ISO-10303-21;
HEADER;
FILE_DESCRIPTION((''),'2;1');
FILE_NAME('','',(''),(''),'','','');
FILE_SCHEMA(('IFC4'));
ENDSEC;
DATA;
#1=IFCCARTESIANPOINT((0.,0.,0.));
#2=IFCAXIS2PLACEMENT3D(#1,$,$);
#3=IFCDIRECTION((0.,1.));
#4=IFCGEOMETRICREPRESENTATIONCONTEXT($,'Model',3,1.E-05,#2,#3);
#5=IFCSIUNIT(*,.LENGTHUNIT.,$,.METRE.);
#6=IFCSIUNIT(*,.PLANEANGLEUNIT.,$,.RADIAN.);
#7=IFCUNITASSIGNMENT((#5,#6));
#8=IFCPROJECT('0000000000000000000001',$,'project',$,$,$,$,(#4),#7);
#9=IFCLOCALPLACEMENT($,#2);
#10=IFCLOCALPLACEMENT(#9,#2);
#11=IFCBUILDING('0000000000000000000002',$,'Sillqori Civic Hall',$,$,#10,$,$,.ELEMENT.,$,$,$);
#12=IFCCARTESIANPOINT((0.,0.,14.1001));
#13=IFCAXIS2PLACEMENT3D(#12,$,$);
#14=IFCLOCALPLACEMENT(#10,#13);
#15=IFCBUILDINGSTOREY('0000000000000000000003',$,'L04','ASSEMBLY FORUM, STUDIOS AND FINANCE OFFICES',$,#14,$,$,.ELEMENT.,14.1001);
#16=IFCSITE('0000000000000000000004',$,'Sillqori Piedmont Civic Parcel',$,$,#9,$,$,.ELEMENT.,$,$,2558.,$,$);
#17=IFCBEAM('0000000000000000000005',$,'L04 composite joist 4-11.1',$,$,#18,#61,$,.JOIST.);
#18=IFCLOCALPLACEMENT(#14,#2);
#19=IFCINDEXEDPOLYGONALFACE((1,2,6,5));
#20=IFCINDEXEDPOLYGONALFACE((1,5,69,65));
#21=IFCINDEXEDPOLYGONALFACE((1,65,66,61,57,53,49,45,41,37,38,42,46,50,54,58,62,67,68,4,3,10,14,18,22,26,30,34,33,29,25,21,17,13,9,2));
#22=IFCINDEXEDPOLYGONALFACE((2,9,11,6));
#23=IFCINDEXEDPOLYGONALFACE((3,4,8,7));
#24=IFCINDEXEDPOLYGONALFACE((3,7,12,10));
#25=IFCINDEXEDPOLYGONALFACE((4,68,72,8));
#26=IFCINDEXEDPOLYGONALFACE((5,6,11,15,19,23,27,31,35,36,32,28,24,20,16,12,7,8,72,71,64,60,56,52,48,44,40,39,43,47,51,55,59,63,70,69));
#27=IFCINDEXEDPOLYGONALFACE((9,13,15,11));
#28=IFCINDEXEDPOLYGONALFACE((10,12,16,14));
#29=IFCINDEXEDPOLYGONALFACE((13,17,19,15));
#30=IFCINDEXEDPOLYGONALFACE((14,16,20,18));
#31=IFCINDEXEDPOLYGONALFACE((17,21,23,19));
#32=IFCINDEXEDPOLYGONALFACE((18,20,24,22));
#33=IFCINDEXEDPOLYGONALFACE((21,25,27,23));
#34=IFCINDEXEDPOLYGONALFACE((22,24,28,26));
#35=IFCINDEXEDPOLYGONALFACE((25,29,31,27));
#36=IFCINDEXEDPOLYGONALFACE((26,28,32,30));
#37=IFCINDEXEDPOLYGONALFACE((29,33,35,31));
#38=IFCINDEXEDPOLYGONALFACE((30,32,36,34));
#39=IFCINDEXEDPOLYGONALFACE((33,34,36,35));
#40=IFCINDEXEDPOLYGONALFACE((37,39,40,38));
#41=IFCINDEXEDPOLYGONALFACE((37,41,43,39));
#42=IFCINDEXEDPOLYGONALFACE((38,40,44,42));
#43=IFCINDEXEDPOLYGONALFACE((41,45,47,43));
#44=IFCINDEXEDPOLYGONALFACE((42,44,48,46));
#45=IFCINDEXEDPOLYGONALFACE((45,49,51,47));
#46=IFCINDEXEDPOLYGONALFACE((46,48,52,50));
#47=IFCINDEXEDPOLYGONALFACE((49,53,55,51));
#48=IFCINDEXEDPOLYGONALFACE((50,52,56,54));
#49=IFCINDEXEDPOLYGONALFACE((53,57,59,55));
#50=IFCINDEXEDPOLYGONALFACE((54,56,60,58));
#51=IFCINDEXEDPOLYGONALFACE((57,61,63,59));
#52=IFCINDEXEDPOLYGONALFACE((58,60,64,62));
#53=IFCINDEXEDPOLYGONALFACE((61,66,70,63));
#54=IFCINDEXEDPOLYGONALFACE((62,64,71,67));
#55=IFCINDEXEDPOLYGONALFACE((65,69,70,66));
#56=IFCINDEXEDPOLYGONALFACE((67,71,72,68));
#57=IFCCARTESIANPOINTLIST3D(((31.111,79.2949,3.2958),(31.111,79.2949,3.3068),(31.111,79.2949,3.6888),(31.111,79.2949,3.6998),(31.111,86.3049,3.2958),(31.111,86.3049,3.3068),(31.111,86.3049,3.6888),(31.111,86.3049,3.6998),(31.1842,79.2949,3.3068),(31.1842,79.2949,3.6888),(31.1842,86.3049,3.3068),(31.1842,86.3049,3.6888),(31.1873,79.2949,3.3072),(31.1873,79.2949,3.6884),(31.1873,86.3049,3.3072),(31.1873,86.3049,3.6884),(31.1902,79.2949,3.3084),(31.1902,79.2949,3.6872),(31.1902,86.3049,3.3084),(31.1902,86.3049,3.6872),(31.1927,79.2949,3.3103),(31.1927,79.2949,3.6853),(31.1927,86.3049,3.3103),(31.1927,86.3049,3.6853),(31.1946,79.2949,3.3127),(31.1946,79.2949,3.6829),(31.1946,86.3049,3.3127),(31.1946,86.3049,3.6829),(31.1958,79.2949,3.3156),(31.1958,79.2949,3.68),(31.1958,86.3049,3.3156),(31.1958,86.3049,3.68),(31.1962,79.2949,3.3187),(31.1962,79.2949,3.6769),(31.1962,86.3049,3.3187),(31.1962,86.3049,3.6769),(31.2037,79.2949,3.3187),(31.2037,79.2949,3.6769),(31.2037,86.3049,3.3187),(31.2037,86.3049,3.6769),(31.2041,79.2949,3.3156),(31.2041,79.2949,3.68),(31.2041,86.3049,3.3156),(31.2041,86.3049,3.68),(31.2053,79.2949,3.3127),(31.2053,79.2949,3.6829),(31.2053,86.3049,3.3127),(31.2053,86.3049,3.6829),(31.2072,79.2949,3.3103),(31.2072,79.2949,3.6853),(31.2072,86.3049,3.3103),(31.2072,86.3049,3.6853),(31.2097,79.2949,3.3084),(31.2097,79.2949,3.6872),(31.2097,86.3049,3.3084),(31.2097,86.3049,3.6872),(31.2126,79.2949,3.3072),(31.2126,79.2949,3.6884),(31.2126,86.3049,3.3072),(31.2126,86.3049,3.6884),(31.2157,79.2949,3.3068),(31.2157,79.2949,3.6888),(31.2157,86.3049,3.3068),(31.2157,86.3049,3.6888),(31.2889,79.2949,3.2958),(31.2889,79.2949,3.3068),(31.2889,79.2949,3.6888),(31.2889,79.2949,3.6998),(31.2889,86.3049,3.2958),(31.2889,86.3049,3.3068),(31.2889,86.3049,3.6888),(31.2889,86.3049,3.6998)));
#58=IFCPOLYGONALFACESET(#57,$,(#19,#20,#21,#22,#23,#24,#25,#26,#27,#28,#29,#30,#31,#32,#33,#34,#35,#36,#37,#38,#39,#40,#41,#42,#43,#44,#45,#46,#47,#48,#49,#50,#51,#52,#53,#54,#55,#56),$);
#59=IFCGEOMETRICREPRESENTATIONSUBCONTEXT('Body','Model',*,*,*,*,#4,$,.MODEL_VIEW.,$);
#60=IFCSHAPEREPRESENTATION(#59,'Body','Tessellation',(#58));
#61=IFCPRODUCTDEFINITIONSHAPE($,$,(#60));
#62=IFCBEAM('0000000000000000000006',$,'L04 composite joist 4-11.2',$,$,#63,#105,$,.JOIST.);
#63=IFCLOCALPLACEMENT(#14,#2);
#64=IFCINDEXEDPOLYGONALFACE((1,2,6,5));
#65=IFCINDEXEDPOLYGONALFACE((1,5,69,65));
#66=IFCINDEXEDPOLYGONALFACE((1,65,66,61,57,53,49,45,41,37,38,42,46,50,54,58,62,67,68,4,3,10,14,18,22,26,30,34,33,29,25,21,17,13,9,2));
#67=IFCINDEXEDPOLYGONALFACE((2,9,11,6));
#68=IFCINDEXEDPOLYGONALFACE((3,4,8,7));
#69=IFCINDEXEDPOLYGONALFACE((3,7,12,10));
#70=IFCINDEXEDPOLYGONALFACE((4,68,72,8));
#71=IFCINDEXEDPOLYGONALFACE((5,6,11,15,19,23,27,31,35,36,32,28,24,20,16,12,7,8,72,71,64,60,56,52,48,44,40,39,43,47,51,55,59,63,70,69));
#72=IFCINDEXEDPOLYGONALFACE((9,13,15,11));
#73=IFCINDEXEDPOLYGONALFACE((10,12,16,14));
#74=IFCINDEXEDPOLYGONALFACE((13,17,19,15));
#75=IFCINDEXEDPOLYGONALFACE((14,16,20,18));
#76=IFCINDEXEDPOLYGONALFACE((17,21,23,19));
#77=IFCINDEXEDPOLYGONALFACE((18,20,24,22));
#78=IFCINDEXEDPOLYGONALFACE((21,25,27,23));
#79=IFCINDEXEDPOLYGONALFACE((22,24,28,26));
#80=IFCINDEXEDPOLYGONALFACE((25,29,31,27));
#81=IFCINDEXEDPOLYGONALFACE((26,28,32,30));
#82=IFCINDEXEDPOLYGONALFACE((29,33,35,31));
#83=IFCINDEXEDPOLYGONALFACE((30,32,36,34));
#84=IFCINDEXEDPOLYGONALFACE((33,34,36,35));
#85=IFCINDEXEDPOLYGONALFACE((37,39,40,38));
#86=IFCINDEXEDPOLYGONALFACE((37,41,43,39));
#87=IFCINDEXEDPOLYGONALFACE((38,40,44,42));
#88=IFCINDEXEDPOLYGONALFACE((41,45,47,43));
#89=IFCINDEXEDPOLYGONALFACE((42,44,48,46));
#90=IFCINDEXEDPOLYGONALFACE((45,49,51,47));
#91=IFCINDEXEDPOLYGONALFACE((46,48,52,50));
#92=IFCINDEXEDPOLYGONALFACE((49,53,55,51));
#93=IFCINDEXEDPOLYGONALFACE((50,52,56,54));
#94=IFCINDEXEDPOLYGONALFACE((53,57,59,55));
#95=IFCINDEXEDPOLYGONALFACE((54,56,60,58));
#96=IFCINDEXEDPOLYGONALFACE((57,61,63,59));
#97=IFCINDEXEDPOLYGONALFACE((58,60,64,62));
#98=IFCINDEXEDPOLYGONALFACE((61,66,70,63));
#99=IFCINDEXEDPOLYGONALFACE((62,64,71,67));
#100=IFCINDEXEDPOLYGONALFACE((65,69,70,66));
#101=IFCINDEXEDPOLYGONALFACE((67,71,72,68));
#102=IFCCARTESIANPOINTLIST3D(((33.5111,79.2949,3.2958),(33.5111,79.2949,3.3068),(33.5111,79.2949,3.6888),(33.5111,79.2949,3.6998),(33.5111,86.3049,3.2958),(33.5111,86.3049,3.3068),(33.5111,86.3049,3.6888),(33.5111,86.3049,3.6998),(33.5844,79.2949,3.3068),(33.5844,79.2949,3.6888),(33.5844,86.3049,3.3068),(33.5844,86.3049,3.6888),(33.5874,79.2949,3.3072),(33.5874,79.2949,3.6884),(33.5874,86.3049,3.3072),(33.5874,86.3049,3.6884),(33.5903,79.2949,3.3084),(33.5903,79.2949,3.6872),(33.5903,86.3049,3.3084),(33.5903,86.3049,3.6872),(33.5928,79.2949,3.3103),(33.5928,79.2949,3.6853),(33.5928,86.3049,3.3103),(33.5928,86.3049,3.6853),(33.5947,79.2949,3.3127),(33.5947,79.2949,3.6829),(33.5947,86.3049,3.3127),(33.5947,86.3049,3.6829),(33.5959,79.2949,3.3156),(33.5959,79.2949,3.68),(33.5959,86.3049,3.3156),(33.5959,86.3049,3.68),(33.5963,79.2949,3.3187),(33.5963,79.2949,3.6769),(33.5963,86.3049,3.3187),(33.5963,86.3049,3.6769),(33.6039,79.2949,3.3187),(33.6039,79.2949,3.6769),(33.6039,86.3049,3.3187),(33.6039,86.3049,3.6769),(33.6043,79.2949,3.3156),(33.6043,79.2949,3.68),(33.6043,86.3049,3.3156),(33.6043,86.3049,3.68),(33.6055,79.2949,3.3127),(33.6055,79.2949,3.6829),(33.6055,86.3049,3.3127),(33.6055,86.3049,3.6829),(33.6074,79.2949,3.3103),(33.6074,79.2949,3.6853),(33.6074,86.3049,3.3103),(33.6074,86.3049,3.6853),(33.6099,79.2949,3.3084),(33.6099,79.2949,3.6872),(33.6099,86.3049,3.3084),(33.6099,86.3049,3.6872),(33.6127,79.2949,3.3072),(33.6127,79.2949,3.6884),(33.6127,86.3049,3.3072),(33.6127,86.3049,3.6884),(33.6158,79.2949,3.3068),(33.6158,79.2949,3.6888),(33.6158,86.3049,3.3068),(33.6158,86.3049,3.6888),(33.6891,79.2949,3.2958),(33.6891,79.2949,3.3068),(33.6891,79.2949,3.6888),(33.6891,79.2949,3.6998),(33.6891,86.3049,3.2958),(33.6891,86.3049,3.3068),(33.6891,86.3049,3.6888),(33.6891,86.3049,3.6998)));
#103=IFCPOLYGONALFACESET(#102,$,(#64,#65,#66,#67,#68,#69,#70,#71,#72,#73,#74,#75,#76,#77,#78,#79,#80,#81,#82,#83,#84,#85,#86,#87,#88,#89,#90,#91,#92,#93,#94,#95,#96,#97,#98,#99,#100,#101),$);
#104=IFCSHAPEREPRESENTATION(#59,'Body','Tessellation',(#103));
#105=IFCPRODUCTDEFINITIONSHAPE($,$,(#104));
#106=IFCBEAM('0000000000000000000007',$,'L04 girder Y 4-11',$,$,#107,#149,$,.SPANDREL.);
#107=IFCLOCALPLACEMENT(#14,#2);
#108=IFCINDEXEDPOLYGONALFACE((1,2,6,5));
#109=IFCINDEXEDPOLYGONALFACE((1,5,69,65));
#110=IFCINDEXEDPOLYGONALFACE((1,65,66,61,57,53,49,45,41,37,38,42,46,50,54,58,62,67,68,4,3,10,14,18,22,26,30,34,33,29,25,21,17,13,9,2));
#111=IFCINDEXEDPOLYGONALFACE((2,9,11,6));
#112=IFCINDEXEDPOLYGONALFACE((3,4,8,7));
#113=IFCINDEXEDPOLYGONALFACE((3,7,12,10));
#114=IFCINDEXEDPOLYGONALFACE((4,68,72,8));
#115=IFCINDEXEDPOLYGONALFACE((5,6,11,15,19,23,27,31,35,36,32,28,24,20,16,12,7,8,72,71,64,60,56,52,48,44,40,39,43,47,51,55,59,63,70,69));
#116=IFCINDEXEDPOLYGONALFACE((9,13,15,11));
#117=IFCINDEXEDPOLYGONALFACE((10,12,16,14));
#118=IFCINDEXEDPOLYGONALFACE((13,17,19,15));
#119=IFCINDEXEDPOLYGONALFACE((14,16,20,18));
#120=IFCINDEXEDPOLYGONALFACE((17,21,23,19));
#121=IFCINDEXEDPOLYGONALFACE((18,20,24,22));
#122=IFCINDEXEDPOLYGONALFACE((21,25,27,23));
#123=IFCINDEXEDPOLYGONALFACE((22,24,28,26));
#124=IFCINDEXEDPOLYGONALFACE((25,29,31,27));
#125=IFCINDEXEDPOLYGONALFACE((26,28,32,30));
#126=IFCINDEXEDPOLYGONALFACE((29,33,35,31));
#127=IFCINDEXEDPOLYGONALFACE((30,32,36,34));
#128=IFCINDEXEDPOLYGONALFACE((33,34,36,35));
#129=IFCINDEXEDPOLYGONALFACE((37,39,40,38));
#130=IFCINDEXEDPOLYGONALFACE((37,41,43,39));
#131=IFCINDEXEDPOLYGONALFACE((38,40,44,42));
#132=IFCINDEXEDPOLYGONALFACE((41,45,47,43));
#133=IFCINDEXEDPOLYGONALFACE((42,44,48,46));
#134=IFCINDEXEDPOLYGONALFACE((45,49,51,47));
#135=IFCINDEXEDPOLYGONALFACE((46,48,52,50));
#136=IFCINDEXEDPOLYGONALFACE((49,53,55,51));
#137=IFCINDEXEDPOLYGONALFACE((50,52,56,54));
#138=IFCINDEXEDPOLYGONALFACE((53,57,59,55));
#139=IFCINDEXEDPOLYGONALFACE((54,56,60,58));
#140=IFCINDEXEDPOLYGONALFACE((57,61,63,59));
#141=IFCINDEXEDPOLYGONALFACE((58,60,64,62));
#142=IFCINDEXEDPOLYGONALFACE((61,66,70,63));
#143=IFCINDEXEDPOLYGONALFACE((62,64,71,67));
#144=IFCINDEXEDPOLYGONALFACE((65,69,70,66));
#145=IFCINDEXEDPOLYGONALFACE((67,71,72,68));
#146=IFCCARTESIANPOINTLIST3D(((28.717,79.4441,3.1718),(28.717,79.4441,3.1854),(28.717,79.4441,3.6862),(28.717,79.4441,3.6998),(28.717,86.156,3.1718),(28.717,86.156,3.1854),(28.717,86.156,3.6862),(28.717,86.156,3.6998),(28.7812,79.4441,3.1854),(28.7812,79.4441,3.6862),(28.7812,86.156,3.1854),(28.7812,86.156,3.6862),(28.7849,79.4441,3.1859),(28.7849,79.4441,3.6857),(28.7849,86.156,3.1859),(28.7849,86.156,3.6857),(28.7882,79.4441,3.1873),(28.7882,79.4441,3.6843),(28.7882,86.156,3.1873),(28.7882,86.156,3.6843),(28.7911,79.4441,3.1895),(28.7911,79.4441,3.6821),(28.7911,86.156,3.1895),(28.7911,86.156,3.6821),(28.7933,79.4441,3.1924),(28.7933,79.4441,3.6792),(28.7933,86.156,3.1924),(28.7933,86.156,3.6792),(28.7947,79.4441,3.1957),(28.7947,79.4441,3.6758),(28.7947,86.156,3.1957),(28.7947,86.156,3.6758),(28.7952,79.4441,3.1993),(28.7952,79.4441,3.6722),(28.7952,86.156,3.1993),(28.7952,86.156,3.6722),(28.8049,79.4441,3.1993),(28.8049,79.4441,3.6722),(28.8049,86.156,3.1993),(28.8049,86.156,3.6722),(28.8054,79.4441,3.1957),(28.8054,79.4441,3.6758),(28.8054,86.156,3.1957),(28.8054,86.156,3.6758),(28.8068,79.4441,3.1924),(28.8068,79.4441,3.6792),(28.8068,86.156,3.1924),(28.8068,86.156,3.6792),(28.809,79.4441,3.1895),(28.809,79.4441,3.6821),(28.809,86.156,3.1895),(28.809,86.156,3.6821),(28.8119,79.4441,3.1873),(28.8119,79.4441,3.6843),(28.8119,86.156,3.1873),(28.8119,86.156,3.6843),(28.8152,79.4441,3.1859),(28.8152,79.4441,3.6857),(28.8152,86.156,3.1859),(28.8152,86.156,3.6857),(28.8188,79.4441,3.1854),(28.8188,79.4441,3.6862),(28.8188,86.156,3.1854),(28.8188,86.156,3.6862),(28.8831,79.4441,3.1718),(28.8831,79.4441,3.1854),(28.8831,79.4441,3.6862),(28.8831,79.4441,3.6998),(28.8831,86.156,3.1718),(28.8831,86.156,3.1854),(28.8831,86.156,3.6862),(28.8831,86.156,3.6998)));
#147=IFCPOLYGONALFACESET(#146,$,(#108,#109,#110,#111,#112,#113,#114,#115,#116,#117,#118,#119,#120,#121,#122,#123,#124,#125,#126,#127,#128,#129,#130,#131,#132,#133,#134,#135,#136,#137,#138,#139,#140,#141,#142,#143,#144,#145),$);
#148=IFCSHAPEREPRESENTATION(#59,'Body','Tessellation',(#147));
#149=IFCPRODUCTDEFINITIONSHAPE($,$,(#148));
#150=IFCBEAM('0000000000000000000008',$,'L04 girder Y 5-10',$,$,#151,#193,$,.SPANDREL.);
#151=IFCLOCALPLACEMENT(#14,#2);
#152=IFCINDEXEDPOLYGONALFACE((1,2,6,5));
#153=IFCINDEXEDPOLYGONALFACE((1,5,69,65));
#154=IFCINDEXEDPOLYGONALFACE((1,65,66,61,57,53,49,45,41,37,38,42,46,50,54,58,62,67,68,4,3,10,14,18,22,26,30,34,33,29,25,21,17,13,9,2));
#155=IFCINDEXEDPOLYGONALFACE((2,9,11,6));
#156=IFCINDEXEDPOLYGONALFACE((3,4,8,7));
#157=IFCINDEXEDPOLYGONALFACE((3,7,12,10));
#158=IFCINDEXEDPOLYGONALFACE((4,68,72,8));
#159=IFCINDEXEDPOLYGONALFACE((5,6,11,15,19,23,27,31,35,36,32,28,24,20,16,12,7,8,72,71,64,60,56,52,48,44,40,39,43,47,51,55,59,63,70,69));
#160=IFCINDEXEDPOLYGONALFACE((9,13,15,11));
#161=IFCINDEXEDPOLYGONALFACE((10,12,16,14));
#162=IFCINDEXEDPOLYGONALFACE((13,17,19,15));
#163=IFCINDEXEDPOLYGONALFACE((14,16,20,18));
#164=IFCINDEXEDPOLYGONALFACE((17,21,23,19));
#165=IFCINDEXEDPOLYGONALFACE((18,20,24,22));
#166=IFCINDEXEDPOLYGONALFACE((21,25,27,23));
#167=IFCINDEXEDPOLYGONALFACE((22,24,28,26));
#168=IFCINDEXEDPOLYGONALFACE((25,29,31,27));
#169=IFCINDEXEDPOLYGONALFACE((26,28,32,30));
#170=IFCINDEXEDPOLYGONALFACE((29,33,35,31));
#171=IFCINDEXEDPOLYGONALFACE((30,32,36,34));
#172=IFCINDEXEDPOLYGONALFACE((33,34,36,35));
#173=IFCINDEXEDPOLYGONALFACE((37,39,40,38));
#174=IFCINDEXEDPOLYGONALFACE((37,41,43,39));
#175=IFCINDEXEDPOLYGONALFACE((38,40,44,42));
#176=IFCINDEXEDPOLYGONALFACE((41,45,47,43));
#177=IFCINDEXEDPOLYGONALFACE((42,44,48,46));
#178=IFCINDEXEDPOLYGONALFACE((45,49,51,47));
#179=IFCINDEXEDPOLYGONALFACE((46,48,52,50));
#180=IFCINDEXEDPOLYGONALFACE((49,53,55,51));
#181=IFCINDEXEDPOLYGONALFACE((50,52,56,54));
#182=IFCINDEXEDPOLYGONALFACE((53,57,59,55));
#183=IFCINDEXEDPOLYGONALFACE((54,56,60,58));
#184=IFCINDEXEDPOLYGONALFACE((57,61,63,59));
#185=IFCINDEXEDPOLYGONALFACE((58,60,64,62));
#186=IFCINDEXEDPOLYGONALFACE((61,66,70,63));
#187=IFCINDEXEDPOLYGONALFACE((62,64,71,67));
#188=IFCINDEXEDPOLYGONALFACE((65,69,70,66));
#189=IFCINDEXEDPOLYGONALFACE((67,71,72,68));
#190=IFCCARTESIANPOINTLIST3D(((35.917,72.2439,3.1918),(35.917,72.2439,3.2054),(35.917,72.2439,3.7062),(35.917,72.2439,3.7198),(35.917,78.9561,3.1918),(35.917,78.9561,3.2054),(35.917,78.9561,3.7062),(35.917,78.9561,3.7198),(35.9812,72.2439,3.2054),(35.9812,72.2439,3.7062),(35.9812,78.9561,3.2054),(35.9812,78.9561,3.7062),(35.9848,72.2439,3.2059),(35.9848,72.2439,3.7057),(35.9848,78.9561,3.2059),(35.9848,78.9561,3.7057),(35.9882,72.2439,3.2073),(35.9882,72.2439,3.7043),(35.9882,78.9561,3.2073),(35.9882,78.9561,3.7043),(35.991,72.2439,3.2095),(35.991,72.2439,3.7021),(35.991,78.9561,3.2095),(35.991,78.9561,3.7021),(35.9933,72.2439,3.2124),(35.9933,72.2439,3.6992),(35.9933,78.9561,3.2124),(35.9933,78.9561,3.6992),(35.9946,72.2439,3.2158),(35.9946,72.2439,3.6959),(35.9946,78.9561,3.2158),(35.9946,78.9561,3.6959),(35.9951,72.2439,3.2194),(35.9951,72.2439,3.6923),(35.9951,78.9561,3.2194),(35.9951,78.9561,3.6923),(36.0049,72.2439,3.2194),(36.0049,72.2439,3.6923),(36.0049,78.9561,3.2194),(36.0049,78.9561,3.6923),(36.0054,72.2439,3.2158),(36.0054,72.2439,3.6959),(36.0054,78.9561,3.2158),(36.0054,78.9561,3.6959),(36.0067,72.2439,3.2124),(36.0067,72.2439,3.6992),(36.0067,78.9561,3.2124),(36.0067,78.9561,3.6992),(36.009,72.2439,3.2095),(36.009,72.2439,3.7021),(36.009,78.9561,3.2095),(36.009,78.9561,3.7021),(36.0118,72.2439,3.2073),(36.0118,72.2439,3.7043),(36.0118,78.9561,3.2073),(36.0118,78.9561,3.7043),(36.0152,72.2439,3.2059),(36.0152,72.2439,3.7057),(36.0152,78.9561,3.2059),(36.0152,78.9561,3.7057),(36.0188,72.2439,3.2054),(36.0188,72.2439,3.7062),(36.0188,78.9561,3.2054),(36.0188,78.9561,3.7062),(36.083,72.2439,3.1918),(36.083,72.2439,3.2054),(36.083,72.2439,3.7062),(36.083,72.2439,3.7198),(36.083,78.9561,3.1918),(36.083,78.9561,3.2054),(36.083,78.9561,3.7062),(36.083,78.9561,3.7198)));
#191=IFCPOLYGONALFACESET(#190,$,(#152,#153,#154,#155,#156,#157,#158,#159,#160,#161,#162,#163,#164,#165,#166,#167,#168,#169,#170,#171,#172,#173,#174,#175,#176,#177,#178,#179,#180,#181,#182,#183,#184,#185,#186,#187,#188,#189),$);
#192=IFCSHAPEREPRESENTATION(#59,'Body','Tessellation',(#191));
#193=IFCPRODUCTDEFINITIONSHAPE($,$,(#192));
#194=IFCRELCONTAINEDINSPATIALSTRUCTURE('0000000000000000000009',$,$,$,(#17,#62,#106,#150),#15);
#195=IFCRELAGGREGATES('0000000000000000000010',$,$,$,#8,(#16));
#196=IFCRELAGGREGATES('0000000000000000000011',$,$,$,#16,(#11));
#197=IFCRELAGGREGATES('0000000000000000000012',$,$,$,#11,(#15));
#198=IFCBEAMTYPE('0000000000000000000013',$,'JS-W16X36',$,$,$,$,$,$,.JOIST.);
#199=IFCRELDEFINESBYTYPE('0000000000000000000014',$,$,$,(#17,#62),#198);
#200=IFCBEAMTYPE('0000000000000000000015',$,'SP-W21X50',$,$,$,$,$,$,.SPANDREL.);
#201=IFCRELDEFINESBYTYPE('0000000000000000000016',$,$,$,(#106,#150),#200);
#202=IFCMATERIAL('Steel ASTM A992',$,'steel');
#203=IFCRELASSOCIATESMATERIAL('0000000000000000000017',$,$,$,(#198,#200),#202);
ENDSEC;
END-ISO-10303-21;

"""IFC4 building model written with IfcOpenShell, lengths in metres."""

from ifc_helpers import new_model, si_unit, direction, frame, origin, origin_2d, place, context, subcontext, project, spatial, i_section, extrude, material, material_profile, profile_set, type_object, element, save


model = new_model("IFC4")

# Units and contexts
model_context = context("Model", 3, precision=1e-05, world=origin(), true_north=direction((0.0, 1.0)))
body_context = subcontext(model_context, "Body", "Model", "MODEL_VIEW")
ifc_project = project(units=[si_unit("LENGTHUNIT", "METRE"), si_unit("PLANEANGLEUNIT", "RADIAN")], contexts=[model_context])

# Site, building, storey
site_placement = place(None, origin())
site = spatial("IfcSite", under=ifc_project, at=site_placement, Name="Sillqori Piedmont Civic Parcel", CompositionType="ELEMENT", RefElevation=2558.0)
building_placement = place(site_placement, origin())
building = spatial("IfcBuilding", under=site, at=building_placement, Name="Sillqori Civic Hall", CompositionType="ELEMENT")
storey_placement = place(building_placement, frame((0.0, 0.0, 14.1001)))
storey = spatial("IfcBuildingStorey", under=building, at=storey_placement, Name="L04", Description="ASSEMBLY FORUM, STUDIOS AND FINANCE OFFICES", CompositionType="ELEMENT", Elevation=14.1001)

# Shared definitions
ifc_material_1 = material(Name="Steel ASTM A992", Category="steel")

# Beams
ifc_material_profile_1 = material_profile(ifc_material_1, i_section(OverallWidth=0.178, OverallDepth=0.4041, WebThickness=0.0076, FlangeThickness=0.011, FilletRadius=0.012, at=origin_2d()), Name="W16X36")
ifc_profile_set_1 = profile_set([ifc_material_profile_1], Name="Steel ASTM A992")
beam_type_1 = type_object("IfcBeamType", Name="JS-W16X36", PredefinedType="JOIST", material=ifc_profile_set_1)
for number, where, z_axis, x_axis, name in (
    (1, (31.2, 79.2949, 3.4978), (0.0, 1.0, 0.0), (-1.0, 0.0, 0.0), "L04 composite joist 4-11.1"),
    (2, (33.6001, 79.2949, 3.4978), (0.0, 1.0, 0.0), (-1.0, 0.0, 0.0), "L04 composite joist 4-11.2"),
):
    element("IfcBeam", number, at=place(storey_placement, frame(where, z_axis=z_axis, x_axis=x_axis)), inside=storey, type_object=beam_type_1, Name=name, PredefinedType="JOIST", context=body_context, shape_type="SweptSolid", body=[
        extrude(i_section(OverallWidth=0.178, OverallDepth=0.4041, WebThickness=0.0076, FlangeThickness=0.011, FilletRadius=0.012, at=origin_2d()), origin(), (0.0, 0.0, 1.0), 7.01),
    ])
ifc_material_profile_2 = material_profile(ifc_material_1, i_section(OverallWidth=0.166, OverallDepth=0.5281, WebThickness=0.0098, FlangeThickness=0.0137, FilletRadius=0.0139, at=origin_2d()), Name="W21X50")
ifc_profile_set_2 = profile_set([ifc_material_profile_2], Name="Steel ASTM A992")
beam_type_2 = type_object("IfcBeamType", Name="SP-W21X50", PredefinedType="SPANDREL", material=ifc_profile_set_2)
beam_1_placement = place(storey_placement, frame((28.8, 79.4441, 3.4358), z_axis=(0.0, 1.0, 0.0), x_axis=(-1.0, 0.0, 0.0)))
element("IfcBeam", 3, at=beam_1_placement, inside=storey, type_object=beam_type_2, Name="L04 girder Y 4-11", PredefinedType="SPANDREL", context=body_context, shape_type="SweptSolid", body=[
    extrude(i_section(OverallWidth=0.166, OverallDepth=0.5281, WebThickness=0.0098, FlangeThickness=0.0137, FilletRadius=0.0139, at=origin_2d()), origin(), (0.0, 0.0, 1.0), 6.7119),
])
beam_2_placement = place(storey_placement, frame((36.0, 72.2439, 3.4558), z_axis=(0.0, 1.0, 0.0), x_axis=(-1.0, 0.0, 0.0)))
element("IfcBeam", 4, at=beam_2_placement, inside=storey, type_object=beam_type_2, Name="L04 girder Y 5-10", PredefinedType="SPANDREL", context=body_context, shape_type="SweptSolid", body=[
    extrude(i_section(OverallWidth=0.166, OverallDepth=0.5281, WebThickness=0.0098, FlangeThickness=0.0137, FilletRadius=0.0139, at=origin_2d()), origin(), (0.0, 0.0, 1.0), 6.7122),
])

save(model, "model.ifc")
